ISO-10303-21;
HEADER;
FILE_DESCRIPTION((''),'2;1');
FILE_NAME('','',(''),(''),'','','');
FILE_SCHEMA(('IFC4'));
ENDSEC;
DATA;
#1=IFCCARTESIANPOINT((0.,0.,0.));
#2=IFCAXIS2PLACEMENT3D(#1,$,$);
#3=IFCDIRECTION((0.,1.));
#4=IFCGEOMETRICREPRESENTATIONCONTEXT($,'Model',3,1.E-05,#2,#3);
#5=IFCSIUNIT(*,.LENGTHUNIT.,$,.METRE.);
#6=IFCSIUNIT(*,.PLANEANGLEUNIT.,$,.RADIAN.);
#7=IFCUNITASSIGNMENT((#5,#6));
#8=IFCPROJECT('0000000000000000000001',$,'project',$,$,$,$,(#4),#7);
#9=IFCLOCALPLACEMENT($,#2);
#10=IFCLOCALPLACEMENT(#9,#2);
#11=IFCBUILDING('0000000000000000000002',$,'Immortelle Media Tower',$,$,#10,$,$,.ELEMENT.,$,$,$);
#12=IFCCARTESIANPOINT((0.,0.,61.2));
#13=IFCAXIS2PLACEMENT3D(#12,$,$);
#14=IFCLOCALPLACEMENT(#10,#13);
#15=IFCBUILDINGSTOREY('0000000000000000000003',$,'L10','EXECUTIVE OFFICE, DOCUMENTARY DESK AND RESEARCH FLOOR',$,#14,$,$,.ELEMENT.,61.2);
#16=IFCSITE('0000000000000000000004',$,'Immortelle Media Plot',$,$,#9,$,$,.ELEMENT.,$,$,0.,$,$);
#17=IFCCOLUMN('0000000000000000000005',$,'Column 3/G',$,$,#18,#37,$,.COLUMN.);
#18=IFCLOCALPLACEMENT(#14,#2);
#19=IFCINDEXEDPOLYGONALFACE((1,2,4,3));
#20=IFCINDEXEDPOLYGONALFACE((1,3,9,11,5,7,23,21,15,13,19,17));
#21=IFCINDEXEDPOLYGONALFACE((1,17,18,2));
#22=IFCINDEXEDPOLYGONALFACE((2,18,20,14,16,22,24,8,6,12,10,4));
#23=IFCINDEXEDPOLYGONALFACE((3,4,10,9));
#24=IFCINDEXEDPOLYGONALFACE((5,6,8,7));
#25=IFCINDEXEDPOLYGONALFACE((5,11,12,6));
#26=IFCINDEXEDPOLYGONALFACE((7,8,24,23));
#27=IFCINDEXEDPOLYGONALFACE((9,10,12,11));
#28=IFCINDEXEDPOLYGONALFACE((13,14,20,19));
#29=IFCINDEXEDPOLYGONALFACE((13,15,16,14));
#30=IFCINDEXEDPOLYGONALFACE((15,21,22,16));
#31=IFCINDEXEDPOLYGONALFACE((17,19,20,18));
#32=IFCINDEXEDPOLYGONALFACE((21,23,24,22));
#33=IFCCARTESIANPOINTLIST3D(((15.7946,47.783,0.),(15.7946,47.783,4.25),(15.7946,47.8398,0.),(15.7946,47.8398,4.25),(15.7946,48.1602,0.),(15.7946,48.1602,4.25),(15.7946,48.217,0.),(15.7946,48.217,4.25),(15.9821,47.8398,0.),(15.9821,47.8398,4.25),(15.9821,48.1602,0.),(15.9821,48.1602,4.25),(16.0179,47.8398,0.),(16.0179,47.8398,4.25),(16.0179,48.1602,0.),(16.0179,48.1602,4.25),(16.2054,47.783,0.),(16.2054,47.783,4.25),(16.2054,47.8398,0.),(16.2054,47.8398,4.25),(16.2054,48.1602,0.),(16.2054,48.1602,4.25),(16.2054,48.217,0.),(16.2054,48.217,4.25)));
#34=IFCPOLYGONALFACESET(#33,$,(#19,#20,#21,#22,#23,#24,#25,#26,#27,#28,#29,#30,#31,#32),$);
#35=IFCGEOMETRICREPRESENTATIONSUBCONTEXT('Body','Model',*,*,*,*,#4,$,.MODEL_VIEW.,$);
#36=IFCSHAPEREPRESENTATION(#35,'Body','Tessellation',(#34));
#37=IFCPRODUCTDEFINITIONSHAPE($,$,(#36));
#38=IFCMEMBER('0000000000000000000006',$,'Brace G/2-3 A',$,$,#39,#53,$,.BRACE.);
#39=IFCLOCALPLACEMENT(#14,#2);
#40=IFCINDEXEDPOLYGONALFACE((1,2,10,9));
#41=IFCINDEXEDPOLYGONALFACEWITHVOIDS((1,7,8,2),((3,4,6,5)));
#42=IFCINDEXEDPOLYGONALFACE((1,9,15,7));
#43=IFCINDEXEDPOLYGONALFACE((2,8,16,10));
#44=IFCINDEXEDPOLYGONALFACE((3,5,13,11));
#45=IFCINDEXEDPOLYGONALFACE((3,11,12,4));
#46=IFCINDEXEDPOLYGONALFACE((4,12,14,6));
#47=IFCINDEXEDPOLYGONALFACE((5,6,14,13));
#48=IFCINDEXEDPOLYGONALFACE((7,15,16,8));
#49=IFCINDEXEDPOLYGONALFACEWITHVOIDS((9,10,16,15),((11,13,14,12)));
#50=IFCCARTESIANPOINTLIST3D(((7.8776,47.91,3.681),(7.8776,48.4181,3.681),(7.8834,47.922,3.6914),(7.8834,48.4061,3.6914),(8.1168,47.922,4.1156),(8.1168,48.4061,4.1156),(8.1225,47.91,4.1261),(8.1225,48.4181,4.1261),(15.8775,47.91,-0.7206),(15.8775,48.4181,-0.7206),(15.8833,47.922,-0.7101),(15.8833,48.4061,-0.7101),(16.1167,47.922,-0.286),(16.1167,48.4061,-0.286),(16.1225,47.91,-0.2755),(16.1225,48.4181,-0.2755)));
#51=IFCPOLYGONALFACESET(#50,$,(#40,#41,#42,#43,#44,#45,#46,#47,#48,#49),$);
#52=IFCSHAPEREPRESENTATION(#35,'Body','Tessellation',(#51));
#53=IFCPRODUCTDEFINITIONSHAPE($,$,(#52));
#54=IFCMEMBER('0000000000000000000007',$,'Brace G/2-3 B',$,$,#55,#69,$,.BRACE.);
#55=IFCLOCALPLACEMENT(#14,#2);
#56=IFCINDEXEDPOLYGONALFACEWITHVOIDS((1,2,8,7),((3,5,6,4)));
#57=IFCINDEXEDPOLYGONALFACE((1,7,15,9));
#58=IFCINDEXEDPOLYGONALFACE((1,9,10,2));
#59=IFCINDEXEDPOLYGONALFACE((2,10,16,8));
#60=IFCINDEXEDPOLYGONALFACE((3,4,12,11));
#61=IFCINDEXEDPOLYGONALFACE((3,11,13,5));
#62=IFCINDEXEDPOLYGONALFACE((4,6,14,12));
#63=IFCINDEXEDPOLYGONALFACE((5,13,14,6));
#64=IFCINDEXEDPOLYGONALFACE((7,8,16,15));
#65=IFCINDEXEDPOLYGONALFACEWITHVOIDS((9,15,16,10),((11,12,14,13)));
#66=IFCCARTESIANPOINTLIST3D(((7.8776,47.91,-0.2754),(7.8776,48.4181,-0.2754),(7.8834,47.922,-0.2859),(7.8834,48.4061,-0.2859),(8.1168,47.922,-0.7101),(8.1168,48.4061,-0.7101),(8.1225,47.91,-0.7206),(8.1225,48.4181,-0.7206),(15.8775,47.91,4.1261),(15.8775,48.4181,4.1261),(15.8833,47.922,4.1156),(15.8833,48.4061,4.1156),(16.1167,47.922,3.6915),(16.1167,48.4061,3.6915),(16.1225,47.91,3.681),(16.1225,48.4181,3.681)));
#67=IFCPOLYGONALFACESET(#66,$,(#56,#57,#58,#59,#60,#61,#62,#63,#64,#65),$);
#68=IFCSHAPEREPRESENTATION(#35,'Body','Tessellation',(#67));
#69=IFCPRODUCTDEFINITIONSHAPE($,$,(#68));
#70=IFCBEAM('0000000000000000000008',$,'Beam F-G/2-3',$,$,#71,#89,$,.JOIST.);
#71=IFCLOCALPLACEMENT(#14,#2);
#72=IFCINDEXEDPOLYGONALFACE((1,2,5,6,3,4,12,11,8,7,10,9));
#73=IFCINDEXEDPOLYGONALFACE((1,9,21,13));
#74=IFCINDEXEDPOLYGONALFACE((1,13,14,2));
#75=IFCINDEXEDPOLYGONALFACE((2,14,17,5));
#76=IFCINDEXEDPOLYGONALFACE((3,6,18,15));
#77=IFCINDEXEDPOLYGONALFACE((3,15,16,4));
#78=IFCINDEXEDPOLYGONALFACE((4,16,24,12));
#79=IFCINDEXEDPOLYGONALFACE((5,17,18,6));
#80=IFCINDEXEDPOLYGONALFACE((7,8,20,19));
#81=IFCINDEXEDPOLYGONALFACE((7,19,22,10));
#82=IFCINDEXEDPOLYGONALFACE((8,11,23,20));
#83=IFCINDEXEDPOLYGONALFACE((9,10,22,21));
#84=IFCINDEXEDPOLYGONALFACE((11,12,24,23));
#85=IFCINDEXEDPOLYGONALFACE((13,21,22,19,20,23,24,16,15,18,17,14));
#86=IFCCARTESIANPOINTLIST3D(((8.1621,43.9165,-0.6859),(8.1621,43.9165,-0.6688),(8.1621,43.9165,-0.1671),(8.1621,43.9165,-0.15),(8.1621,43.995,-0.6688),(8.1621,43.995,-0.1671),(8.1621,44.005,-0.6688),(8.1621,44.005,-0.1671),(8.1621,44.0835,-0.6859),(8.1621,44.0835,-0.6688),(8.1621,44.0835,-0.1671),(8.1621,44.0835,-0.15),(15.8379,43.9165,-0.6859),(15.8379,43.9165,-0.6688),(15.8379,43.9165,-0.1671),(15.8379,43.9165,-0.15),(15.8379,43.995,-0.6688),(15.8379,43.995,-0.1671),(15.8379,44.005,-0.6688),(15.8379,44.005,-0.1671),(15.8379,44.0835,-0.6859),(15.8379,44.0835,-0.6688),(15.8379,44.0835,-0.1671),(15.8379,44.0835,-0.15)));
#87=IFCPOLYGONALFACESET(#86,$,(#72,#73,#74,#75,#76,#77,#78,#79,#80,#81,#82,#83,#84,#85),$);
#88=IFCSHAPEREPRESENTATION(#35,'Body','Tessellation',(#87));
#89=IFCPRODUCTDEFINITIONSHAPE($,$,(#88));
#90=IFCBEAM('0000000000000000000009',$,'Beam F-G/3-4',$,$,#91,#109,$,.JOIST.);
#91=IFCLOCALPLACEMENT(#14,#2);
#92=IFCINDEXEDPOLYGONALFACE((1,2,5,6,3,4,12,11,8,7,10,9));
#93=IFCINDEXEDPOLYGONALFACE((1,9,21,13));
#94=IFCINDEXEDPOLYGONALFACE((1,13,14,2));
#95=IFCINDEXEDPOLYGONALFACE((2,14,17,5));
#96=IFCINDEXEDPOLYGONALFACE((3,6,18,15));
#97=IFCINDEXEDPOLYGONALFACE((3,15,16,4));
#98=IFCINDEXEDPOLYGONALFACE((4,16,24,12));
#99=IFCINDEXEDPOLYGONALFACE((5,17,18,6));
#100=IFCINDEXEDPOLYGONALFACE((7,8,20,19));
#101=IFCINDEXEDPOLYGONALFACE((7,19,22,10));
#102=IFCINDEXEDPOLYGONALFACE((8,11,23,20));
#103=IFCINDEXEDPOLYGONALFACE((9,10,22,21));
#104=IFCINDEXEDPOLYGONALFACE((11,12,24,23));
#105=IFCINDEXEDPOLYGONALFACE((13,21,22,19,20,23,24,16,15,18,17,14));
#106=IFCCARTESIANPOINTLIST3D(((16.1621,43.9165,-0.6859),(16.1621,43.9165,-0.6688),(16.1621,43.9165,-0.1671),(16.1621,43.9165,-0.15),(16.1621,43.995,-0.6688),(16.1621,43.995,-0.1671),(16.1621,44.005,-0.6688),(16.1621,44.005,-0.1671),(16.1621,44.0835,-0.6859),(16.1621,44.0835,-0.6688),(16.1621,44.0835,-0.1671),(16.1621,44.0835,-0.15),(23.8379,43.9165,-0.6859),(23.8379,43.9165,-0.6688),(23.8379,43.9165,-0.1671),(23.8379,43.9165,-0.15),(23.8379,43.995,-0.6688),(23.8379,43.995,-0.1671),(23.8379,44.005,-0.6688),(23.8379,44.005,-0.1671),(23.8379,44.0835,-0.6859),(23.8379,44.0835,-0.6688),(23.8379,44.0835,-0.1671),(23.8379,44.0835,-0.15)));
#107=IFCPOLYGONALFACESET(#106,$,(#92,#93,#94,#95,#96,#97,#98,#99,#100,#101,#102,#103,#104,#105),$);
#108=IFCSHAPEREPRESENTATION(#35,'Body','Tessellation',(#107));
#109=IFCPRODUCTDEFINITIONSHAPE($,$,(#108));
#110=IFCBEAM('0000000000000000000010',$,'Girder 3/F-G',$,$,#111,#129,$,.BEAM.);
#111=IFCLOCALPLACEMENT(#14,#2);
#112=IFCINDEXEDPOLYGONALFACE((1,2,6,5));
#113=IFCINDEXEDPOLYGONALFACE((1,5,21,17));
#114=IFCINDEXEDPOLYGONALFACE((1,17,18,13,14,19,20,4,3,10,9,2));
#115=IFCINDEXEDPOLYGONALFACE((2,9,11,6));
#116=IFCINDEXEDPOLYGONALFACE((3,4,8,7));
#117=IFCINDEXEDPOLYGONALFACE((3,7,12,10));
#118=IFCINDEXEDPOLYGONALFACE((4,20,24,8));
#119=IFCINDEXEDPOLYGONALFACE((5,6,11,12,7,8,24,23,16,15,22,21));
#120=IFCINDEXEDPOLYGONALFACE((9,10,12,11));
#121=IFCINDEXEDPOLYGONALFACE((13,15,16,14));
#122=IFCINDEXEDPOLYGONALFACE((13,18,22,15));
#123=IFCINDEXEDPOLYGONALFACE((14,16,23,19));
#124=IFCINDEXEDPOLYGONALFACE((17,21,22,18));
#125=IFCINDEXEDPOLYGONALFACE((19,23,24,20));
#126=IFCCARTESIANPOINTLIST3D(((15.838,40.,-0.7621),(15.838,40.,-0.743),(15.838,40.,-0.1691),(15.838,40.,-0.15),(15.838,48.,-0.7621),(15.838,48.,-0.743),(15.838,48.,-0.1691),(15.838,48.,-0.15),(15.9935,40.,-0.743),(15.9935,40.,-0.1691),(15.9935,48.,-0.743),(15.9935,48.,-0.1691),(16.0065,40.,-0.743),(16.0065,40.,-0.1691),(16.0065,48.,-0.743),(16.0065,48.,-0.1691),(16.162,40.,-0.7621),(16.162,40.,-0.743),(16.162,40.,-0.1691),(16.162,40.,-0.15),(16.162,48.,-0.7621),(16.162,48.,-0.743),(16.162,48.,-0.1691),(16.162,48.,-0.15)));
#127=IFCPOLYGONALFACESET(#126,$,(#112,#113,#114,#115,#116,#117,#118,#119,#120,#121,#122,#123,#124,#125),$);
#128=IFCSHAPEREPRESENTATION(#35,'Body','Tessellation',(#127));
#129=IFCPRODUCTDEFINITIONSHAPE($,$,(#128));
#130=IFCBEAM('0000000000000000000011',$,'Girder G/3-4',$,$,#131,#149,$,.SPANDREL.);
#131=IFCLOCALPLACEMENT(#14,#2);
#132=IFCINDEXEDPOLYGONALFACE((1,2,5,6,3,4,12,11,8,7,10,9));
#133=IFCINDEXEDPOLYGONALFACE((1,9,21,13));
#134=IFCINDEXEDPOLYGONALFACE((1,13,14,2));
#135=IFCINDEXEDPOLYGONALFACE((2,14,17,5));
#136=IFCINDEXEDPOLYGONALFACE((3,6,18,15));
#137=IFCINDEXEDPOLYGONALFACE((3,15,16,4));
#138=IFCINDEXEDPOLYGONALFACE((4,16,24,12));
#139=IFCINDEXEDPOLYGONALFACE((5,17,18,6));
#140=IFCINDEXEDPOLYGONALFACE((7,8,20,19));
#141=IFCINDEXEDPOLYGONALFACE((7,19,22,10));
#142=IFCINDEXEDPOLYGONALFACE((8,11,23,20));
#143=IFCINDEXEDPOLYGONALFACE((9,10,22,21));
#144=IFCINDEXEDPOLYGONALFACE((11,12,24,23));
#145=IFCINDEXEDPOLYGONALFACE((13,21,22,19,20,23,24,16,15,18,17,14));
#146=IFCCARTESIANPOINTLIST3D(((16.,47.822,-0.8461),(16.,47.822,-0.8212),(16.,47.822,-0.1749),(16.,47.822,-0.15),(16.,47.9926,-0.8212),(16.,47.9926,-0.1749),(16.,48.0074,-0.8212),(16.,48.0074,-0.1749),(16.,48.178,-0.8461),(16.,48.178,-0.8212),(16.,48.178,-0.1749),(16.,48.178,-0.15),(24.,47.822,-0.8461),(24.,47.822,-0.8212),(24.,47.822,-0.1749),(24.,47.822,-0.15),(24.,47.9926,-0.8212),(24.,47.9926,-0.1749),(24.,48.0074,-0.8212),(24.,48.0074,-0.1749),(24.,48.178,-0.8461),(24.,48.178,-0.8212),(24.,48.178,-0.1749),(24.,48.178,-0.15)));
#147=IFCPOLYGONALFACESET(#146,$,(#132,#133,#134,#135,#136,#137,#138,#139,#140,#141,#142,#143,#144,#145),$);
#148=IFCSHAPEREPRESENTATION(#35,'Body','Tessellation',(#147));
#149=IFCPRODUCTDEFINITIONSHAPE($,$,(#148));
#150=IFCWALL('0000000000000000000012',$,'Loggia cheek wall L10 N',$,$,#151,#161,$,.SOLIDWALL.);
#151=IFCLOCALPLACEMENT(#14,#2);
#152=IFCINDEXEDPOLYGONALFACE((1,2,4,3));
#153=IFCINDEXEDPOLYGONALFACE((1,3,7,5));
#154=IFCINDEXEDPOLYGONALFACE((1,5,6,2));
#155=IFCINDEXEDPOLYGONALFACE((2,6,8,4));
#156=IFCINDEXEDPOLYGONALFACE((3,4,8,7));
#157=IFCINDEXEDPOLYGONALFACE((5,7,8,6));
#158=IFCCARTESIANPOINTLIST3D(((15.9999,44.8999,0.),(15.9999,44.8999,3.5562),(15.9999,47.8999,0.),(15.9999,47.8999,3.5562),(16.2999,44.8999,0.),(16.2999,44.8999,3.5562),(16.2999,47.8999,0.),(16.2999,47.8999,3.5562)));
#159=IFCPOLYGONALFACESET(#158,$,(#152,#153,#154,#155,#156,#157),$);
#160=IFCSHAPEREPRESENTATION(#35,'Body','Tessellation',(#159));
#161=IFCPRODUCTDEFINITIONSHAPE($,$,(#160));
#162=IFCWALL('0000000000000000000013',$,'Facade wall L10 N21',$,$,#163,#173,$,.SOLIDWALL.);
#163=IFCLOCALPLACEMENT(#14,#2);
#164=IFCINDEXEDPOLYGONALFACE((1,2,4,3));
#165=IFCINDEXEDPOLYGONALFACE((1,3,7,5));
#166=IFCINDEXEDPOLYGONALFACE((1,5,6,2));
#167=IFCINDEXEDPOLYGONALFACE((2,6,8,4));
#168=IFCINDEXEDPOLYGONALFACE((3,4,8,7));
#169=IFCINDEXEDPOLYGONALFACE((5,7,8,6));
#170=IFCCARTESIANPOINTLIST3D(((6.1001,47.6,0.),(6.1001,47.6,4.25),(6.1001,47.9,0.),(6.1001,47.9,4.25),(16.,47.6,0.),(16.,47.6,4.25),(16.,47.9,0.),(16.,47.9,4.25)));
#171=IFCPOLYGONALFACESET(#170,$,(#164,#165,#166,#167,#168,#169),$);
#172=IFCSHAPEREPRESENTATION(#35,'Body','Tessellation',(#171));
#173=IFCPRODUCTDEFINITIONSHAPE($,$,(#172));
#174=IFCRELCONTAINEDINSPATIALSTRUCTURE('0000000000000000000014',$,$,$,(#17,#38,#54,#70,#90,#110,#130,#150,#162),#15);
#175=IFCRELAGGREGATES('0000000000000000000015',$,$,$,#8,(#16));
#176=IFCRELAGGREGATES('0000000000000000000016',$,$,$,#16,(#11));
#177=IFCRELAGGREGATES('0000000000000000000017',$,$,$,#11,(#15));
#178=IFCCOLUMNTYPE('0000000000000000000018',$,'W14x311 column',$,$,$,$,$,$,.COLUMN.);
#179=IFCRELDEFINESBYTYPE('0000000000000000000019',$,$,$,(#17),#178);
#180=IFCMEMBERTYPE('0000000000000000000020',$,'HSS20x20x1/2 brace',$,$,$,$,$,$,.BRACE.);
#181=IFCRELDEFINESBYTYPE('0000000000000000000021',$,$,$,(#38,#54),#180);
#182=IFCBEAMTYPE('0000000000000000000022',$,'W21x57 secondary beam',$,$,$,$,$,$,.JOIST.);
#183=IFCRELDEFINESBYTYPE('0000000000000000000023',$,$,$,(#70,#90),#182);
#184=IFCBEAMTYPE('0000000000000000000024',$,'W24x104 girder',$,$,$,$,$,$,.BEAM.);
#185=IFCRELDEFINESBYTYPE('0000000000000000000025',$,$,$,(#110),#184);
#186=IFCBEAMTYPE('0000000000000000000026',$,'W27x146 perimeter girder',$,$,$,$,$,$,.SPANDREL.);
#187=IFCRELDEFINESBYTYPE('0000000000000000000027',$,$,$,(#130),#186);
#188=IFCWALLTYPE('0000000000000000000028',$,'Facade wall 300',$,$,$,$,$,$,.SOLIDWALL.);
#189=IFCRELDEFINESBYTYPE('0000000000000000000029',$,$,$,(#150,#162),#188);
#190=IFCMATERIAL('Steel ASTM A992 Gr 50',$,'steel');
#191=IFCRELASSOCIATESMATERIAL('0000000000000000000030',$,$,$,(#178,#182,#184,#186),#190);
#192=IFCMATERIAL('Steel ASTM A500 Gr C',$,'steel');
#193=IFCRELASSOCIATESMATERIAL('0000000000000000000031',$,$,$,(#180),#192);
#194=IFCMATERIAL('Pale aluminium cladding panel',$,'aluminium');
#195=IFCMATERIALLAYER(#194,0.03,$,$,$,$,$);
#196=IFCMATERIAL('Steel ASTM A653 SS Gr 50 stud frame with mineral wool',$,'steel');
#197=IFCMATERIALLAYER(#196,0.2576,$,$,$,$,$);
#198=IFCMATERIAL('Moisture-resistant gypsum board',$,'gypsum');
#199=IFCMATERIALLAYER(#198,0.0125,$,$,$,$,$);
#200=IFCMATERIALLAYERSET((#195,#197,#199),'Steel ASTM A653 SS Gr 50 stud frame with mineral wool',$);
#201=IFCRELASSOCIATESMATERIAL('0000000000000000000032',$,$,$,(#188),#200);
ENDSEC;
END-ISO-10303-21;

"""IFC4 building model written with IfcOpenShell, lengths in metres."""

from ifc_helpers import new_model, si_unit, direction, frame, frame_2d, origin, origin_2d, place, context, subcontext, project, spatial, rectangle, hollow_rectangle, i_section, extrude, material, layer, layer_set, material_profile, profile_set, type_object, element, save


model = new_model("IFC4")

# Units and contexts
model_context = context("Model", 3, precision=1e-05, world=origin(), true_north=direction((0.0, 1.0)))
body_context = subcontext(model_context, "Body", "Model", "MODEL_VIEW")
ifc_project = project(units=[si_unit("LENGTHUNIT", "METRE"), si_unit("PLANEANGLEUNIT", "RADIAN")], contexts=[model_context])

# Site, building, storey
site_placement = place(None, origin())
site = spatial("IfcSite", under=ifc_project, at=site_placement, Name="Immortelle Media Plot", CompositionType="ELEMENT", RefElevation=0.0)
building_placement = place(site_placement, origin())
building = spatial("IfcBuilding", under=site, at=building_placement, Name="Immortelle Media Tower", CompositionType="ELEMENT")
storey_placement = place(building_placement, frame((0.0, 0.0, 61.2)))
storey = spatial("IfcBuildingStorey", under=building, at=storey_placement, Name="L10", Description="EXECUTIVE OFFICE, DOCUMENTARY DESK AND RESEARCH FLOOR", CompositionType="ELEMENT", Elevation=61.2)

# Column
ifc_material_1 = material(Name="Steel ASTM A992 Gr 50", Category="steel")
ifc_material_profile_1 = material_profile(ifc_material_1, i_section(OverallWidth=0.4109, OverallDepth=0.4341, WebThickness=0.0359, FlangeThickness=0.0569, at=origin_2d()), Name="W14x311")
ifc_profile_set_1 = profile_set([ifc_material_profile_1], Name="Steel ASTM A992 Gr 50")
column_type = type_object("IfcColumnType", Name="W14x311 column", PredefinedType="COLUMN", material=ifc_profile_set_1)
column_placement = place(storey_placement, frame((16.0, 48.0, 0.0), z_axis=(0.0, 0.0, 1.0), x_axis=(1.0, 0.0, 0.0)))
element("IfcColumn", 1, at=column_placement, inside=storey, type_object=column_type, Name="Column 3/G", PredefinedType="COLUMN", context=body_context, shape_type="SweptSolid", body=[
    extrude(i_section(OverallWidth=0.4109, OverallDepth=0.4341, WebThickness=0.0359, FlangeThickness=0.0569, at=origin_2d()), origin(), (0.0, 0.0, 1.0), 4.25),
])

# Members
ifc_material_2 = material(Name="Steel ASTM A500 Gr C", Category="steel")
ifc_material_profile_2 = material_profile(ifc_material_2, hollow_rectangle(XDim=0.5081, YDim=0.5081, WallThickness=0.012, at=origin_2d()), Name="HSS20x20x1/2 brace")
ifc_profile_set_2 = profile_set([ifc_material_profile_2], Name="Steel ASTM A500 Gr C")
member_type = type_object("IfcMemberType", Name="HSS20x20x1/2 brace", PredefinedType="BRACE", material=ifc_profile_set_2)
for number, where, z_axis, x_axis, name in (
    (2, (16.0, 48.1641, -0.498), (-0.876141, 0.0, 0.482054), (0.0, -1.0, 0.0), "Brace G/2-3 A"),
    (3, (16.0, 48.1641, 3.9036), (-0.876141, 0.0, -0.482054), (0.0, -1.0, 0.0), "Brace G/2-3 B"),
):
    element("IfcMember", number, at=place(storey_placement, frame(where, z_axis=z_axis, x_axis=x_axis)), inside=storey, type_object=member_type, Name=name, PredefinedType="BRACE", context=body_context, shape_type="SweptSolid", body=[
        extrude(hollow_rectangle(XDim=0.5081, YDim=0.5081, WallThickness=0.012, at=origin_2d()), origin(), (0.0, 0.0, 1.0), 9.1309),
    ])

# Beams
ifc_material_profile_3 = material_profile(ifc_material_1, i_section(OverallWidth=0.167, OverallDepth=0.5359, WebThickness=0.01, FlangeThickness=0.0171, at=origin_2d()), Name="W21x57")
ifc_profile_set_3 = profile_set([ifc_material_profile_3], Name="Steel ASTM A992 Gr 50")
beam_type_1 = type_object("IfcBeamType", Name="W21x57 secondary beam", PredefinedType="JOIST", material=ifc_profile_set_3)
for number, where, z_axis, x_axis, name in (
    (4, (8.1621, 44.0, -0.418), (1.0, 0.0, 0.0), (0.0, 1.0, 0.0), "Beam F-G/2-3"),
    (5, (16.1621, 44.0, -0.418), (1.0, 0.0, 0.0), (0.0, 1.0, 0.0), "Beam F-G/3-4"),
):
    element("IfcBeam", number, at=place(storey_placement, frame(where, z_axis=z_axis, x_axis=x_axis)), inside=storey, type_object=beam_type_1, Name=name, PredefinedType="JOIST", context=body_context, shape_type="SweptSolid", body=[
        extrude(i_section(OverallWidth=0.167, OverallDepth=0.5359, WebThickness=0.01, FlangeThickness=0.0171, at=origin_2d()), origin(), (0.0, 0.0, 1.0), 7.6758),
    ])
ifc_material_profile_4 = material_profile(ifc_material_1, i_section(OverallWidth=0.324, OverallDepth=0.6121, WebThickness=0.0129, FlangeThickness=0.019, at=origin_2d()), Name="W24x104")
ifc_profile_set_4 = profile_set([ifc_material_profile_4], Name="Steel ASTM A992 Gr 50")
beam_type_2 = type_object("IfcBeamType", Name="W24x104 girder", PredefinedType="BEAM", material=ifc_profile_set_4)
beam_1_placement = place(storey_placement, frame((16.0, 40.0, -0.4561), z_axis=(0.0, 1.0, 0.0), x_axis=(-1.0, 0.0, 0.0)))
element("IfcBeam", 6, at=beam_1_placement, inside=storey, type_object=beam_type_2, Name="Girder 3/F-G", PredefinedType="BEAM", context=body_context, shape_type="SweptSolid", body=[
    extrude(i_section(OverallWidth=0.324, OverallDepth=0.6121, WebThickness=0.0129, FlangeThickness=0.019, at=origin_2d()), origin(), (0.0, 0.0, 1.0), 8.0),
])
ifc_material_profile_5 = material_profile(ifc_material_1, i_section(OverallWidth=0.356, OverallDepth=0.696, WebThickness=0.0149, FlangeThickness=0.0249, at=origin_2d()), Name="W27x146")
ifc_profile_set_5 = profile_set([ifc_material_profile_5], Name="Steel ASTM A992 Gr 50")
beam_type_3 = type_object("IfcBeamType", Name="W27x146 perimeter girder", PredefinedType="SPANDREL", material=ifc_profile_set_5)
beam_2_placement = place(storey_placement, frame((16.0, 48.0, -0.498), z_axis=(1.0, 0.0, 0.0), x_axis=(0.0, 1.0, 0.0)))
element("IfcBeam", 7, at=beam_2_placement, inside=storey, type_object=beam_type_3, Name="Girder G/3-4", PredefinedType="SPANDREL", context=body_context, shape_type="SweptSolid", body=[
    extrude(i_section(OverallWidth=0.356, OverallDepth=0.696, WebThickness=0.0149, FlangeThickness=0.0249, at=origin_2d()), origin(), (0.0, 0.0, 1.0), 8.0),
])

# Walls
ifc_material_3 = material(Name="Pale aluminium cladding panel", Category="aluminium")
ifc_layer_1 = layer(ifc_material_3, 0.03)
ifc_material_4 = material(Name="Steel ASTM A653 SS Gr 50 stud frame with mineral wool", Category="steel")
ifc_layer_2 = layer(ifc_material_4, 0.2576)
ifc_material_5 = material(Name="Moisture-resistant gypsum board", Category="gypsum")
ifc_layer_3 = layer(ifc_material_5, 0.0125)
ifc_layer_set_1 = layer_set([ifc_layer_1, ifc_layer_2, ifc_layer_3], Name="Steel ASTM A653 SS Gr 50 stud frame with mineral wool")
wall_type_1 = type_object("IfcWallType", Name="Facade wall 300", PredefinedType="SOLIDWALL", material=ifc_layer_set_1)
wall_1_placement = place(storey_placement, frame((16.1499, 47.8999, 0.0), z_axis=(0.0, 0.0, 1.0), x_axis=(0.0, -1.0, 0.0)))
element("IfcWall", 8, at=wall_1_placement, inside=storey, type_object=wall_type_1, Name="Loggia cheek wall L10 N", PredefinedType="SOLIDWALL", context=body_context, shape_type="SweptSolid", body=[
    extrude(rectangle(XDim=3.0, YDim=0.3, at=frame_2d((1.5, 0.0))), origin(), (0.0, 0.0, 1.0), 3.5562),
])
wall_2_placement = place(storey_placement, frame((16.0, 47.75, 0.0), z_axis=(0.0, 0.0, 1.0), x_axis=(-1.0, 0.0, 0.0)))
element("IfcWall", 9, at=wall_2_placement, inside=storey, type_object=wall_type_1, Name="Facade wall L10 N21", PredefinedType="SOLIDWALL", context=body_context, shape_type="SweptSolid", body=[
    extrude(rectangle(XDim=9.8999, YDim=0.3, at=frame_2d((4.95, 0.0))), origin(), (0.0, 0.0, 1.0), 4.25),
])

save(model, "model.ifc")
